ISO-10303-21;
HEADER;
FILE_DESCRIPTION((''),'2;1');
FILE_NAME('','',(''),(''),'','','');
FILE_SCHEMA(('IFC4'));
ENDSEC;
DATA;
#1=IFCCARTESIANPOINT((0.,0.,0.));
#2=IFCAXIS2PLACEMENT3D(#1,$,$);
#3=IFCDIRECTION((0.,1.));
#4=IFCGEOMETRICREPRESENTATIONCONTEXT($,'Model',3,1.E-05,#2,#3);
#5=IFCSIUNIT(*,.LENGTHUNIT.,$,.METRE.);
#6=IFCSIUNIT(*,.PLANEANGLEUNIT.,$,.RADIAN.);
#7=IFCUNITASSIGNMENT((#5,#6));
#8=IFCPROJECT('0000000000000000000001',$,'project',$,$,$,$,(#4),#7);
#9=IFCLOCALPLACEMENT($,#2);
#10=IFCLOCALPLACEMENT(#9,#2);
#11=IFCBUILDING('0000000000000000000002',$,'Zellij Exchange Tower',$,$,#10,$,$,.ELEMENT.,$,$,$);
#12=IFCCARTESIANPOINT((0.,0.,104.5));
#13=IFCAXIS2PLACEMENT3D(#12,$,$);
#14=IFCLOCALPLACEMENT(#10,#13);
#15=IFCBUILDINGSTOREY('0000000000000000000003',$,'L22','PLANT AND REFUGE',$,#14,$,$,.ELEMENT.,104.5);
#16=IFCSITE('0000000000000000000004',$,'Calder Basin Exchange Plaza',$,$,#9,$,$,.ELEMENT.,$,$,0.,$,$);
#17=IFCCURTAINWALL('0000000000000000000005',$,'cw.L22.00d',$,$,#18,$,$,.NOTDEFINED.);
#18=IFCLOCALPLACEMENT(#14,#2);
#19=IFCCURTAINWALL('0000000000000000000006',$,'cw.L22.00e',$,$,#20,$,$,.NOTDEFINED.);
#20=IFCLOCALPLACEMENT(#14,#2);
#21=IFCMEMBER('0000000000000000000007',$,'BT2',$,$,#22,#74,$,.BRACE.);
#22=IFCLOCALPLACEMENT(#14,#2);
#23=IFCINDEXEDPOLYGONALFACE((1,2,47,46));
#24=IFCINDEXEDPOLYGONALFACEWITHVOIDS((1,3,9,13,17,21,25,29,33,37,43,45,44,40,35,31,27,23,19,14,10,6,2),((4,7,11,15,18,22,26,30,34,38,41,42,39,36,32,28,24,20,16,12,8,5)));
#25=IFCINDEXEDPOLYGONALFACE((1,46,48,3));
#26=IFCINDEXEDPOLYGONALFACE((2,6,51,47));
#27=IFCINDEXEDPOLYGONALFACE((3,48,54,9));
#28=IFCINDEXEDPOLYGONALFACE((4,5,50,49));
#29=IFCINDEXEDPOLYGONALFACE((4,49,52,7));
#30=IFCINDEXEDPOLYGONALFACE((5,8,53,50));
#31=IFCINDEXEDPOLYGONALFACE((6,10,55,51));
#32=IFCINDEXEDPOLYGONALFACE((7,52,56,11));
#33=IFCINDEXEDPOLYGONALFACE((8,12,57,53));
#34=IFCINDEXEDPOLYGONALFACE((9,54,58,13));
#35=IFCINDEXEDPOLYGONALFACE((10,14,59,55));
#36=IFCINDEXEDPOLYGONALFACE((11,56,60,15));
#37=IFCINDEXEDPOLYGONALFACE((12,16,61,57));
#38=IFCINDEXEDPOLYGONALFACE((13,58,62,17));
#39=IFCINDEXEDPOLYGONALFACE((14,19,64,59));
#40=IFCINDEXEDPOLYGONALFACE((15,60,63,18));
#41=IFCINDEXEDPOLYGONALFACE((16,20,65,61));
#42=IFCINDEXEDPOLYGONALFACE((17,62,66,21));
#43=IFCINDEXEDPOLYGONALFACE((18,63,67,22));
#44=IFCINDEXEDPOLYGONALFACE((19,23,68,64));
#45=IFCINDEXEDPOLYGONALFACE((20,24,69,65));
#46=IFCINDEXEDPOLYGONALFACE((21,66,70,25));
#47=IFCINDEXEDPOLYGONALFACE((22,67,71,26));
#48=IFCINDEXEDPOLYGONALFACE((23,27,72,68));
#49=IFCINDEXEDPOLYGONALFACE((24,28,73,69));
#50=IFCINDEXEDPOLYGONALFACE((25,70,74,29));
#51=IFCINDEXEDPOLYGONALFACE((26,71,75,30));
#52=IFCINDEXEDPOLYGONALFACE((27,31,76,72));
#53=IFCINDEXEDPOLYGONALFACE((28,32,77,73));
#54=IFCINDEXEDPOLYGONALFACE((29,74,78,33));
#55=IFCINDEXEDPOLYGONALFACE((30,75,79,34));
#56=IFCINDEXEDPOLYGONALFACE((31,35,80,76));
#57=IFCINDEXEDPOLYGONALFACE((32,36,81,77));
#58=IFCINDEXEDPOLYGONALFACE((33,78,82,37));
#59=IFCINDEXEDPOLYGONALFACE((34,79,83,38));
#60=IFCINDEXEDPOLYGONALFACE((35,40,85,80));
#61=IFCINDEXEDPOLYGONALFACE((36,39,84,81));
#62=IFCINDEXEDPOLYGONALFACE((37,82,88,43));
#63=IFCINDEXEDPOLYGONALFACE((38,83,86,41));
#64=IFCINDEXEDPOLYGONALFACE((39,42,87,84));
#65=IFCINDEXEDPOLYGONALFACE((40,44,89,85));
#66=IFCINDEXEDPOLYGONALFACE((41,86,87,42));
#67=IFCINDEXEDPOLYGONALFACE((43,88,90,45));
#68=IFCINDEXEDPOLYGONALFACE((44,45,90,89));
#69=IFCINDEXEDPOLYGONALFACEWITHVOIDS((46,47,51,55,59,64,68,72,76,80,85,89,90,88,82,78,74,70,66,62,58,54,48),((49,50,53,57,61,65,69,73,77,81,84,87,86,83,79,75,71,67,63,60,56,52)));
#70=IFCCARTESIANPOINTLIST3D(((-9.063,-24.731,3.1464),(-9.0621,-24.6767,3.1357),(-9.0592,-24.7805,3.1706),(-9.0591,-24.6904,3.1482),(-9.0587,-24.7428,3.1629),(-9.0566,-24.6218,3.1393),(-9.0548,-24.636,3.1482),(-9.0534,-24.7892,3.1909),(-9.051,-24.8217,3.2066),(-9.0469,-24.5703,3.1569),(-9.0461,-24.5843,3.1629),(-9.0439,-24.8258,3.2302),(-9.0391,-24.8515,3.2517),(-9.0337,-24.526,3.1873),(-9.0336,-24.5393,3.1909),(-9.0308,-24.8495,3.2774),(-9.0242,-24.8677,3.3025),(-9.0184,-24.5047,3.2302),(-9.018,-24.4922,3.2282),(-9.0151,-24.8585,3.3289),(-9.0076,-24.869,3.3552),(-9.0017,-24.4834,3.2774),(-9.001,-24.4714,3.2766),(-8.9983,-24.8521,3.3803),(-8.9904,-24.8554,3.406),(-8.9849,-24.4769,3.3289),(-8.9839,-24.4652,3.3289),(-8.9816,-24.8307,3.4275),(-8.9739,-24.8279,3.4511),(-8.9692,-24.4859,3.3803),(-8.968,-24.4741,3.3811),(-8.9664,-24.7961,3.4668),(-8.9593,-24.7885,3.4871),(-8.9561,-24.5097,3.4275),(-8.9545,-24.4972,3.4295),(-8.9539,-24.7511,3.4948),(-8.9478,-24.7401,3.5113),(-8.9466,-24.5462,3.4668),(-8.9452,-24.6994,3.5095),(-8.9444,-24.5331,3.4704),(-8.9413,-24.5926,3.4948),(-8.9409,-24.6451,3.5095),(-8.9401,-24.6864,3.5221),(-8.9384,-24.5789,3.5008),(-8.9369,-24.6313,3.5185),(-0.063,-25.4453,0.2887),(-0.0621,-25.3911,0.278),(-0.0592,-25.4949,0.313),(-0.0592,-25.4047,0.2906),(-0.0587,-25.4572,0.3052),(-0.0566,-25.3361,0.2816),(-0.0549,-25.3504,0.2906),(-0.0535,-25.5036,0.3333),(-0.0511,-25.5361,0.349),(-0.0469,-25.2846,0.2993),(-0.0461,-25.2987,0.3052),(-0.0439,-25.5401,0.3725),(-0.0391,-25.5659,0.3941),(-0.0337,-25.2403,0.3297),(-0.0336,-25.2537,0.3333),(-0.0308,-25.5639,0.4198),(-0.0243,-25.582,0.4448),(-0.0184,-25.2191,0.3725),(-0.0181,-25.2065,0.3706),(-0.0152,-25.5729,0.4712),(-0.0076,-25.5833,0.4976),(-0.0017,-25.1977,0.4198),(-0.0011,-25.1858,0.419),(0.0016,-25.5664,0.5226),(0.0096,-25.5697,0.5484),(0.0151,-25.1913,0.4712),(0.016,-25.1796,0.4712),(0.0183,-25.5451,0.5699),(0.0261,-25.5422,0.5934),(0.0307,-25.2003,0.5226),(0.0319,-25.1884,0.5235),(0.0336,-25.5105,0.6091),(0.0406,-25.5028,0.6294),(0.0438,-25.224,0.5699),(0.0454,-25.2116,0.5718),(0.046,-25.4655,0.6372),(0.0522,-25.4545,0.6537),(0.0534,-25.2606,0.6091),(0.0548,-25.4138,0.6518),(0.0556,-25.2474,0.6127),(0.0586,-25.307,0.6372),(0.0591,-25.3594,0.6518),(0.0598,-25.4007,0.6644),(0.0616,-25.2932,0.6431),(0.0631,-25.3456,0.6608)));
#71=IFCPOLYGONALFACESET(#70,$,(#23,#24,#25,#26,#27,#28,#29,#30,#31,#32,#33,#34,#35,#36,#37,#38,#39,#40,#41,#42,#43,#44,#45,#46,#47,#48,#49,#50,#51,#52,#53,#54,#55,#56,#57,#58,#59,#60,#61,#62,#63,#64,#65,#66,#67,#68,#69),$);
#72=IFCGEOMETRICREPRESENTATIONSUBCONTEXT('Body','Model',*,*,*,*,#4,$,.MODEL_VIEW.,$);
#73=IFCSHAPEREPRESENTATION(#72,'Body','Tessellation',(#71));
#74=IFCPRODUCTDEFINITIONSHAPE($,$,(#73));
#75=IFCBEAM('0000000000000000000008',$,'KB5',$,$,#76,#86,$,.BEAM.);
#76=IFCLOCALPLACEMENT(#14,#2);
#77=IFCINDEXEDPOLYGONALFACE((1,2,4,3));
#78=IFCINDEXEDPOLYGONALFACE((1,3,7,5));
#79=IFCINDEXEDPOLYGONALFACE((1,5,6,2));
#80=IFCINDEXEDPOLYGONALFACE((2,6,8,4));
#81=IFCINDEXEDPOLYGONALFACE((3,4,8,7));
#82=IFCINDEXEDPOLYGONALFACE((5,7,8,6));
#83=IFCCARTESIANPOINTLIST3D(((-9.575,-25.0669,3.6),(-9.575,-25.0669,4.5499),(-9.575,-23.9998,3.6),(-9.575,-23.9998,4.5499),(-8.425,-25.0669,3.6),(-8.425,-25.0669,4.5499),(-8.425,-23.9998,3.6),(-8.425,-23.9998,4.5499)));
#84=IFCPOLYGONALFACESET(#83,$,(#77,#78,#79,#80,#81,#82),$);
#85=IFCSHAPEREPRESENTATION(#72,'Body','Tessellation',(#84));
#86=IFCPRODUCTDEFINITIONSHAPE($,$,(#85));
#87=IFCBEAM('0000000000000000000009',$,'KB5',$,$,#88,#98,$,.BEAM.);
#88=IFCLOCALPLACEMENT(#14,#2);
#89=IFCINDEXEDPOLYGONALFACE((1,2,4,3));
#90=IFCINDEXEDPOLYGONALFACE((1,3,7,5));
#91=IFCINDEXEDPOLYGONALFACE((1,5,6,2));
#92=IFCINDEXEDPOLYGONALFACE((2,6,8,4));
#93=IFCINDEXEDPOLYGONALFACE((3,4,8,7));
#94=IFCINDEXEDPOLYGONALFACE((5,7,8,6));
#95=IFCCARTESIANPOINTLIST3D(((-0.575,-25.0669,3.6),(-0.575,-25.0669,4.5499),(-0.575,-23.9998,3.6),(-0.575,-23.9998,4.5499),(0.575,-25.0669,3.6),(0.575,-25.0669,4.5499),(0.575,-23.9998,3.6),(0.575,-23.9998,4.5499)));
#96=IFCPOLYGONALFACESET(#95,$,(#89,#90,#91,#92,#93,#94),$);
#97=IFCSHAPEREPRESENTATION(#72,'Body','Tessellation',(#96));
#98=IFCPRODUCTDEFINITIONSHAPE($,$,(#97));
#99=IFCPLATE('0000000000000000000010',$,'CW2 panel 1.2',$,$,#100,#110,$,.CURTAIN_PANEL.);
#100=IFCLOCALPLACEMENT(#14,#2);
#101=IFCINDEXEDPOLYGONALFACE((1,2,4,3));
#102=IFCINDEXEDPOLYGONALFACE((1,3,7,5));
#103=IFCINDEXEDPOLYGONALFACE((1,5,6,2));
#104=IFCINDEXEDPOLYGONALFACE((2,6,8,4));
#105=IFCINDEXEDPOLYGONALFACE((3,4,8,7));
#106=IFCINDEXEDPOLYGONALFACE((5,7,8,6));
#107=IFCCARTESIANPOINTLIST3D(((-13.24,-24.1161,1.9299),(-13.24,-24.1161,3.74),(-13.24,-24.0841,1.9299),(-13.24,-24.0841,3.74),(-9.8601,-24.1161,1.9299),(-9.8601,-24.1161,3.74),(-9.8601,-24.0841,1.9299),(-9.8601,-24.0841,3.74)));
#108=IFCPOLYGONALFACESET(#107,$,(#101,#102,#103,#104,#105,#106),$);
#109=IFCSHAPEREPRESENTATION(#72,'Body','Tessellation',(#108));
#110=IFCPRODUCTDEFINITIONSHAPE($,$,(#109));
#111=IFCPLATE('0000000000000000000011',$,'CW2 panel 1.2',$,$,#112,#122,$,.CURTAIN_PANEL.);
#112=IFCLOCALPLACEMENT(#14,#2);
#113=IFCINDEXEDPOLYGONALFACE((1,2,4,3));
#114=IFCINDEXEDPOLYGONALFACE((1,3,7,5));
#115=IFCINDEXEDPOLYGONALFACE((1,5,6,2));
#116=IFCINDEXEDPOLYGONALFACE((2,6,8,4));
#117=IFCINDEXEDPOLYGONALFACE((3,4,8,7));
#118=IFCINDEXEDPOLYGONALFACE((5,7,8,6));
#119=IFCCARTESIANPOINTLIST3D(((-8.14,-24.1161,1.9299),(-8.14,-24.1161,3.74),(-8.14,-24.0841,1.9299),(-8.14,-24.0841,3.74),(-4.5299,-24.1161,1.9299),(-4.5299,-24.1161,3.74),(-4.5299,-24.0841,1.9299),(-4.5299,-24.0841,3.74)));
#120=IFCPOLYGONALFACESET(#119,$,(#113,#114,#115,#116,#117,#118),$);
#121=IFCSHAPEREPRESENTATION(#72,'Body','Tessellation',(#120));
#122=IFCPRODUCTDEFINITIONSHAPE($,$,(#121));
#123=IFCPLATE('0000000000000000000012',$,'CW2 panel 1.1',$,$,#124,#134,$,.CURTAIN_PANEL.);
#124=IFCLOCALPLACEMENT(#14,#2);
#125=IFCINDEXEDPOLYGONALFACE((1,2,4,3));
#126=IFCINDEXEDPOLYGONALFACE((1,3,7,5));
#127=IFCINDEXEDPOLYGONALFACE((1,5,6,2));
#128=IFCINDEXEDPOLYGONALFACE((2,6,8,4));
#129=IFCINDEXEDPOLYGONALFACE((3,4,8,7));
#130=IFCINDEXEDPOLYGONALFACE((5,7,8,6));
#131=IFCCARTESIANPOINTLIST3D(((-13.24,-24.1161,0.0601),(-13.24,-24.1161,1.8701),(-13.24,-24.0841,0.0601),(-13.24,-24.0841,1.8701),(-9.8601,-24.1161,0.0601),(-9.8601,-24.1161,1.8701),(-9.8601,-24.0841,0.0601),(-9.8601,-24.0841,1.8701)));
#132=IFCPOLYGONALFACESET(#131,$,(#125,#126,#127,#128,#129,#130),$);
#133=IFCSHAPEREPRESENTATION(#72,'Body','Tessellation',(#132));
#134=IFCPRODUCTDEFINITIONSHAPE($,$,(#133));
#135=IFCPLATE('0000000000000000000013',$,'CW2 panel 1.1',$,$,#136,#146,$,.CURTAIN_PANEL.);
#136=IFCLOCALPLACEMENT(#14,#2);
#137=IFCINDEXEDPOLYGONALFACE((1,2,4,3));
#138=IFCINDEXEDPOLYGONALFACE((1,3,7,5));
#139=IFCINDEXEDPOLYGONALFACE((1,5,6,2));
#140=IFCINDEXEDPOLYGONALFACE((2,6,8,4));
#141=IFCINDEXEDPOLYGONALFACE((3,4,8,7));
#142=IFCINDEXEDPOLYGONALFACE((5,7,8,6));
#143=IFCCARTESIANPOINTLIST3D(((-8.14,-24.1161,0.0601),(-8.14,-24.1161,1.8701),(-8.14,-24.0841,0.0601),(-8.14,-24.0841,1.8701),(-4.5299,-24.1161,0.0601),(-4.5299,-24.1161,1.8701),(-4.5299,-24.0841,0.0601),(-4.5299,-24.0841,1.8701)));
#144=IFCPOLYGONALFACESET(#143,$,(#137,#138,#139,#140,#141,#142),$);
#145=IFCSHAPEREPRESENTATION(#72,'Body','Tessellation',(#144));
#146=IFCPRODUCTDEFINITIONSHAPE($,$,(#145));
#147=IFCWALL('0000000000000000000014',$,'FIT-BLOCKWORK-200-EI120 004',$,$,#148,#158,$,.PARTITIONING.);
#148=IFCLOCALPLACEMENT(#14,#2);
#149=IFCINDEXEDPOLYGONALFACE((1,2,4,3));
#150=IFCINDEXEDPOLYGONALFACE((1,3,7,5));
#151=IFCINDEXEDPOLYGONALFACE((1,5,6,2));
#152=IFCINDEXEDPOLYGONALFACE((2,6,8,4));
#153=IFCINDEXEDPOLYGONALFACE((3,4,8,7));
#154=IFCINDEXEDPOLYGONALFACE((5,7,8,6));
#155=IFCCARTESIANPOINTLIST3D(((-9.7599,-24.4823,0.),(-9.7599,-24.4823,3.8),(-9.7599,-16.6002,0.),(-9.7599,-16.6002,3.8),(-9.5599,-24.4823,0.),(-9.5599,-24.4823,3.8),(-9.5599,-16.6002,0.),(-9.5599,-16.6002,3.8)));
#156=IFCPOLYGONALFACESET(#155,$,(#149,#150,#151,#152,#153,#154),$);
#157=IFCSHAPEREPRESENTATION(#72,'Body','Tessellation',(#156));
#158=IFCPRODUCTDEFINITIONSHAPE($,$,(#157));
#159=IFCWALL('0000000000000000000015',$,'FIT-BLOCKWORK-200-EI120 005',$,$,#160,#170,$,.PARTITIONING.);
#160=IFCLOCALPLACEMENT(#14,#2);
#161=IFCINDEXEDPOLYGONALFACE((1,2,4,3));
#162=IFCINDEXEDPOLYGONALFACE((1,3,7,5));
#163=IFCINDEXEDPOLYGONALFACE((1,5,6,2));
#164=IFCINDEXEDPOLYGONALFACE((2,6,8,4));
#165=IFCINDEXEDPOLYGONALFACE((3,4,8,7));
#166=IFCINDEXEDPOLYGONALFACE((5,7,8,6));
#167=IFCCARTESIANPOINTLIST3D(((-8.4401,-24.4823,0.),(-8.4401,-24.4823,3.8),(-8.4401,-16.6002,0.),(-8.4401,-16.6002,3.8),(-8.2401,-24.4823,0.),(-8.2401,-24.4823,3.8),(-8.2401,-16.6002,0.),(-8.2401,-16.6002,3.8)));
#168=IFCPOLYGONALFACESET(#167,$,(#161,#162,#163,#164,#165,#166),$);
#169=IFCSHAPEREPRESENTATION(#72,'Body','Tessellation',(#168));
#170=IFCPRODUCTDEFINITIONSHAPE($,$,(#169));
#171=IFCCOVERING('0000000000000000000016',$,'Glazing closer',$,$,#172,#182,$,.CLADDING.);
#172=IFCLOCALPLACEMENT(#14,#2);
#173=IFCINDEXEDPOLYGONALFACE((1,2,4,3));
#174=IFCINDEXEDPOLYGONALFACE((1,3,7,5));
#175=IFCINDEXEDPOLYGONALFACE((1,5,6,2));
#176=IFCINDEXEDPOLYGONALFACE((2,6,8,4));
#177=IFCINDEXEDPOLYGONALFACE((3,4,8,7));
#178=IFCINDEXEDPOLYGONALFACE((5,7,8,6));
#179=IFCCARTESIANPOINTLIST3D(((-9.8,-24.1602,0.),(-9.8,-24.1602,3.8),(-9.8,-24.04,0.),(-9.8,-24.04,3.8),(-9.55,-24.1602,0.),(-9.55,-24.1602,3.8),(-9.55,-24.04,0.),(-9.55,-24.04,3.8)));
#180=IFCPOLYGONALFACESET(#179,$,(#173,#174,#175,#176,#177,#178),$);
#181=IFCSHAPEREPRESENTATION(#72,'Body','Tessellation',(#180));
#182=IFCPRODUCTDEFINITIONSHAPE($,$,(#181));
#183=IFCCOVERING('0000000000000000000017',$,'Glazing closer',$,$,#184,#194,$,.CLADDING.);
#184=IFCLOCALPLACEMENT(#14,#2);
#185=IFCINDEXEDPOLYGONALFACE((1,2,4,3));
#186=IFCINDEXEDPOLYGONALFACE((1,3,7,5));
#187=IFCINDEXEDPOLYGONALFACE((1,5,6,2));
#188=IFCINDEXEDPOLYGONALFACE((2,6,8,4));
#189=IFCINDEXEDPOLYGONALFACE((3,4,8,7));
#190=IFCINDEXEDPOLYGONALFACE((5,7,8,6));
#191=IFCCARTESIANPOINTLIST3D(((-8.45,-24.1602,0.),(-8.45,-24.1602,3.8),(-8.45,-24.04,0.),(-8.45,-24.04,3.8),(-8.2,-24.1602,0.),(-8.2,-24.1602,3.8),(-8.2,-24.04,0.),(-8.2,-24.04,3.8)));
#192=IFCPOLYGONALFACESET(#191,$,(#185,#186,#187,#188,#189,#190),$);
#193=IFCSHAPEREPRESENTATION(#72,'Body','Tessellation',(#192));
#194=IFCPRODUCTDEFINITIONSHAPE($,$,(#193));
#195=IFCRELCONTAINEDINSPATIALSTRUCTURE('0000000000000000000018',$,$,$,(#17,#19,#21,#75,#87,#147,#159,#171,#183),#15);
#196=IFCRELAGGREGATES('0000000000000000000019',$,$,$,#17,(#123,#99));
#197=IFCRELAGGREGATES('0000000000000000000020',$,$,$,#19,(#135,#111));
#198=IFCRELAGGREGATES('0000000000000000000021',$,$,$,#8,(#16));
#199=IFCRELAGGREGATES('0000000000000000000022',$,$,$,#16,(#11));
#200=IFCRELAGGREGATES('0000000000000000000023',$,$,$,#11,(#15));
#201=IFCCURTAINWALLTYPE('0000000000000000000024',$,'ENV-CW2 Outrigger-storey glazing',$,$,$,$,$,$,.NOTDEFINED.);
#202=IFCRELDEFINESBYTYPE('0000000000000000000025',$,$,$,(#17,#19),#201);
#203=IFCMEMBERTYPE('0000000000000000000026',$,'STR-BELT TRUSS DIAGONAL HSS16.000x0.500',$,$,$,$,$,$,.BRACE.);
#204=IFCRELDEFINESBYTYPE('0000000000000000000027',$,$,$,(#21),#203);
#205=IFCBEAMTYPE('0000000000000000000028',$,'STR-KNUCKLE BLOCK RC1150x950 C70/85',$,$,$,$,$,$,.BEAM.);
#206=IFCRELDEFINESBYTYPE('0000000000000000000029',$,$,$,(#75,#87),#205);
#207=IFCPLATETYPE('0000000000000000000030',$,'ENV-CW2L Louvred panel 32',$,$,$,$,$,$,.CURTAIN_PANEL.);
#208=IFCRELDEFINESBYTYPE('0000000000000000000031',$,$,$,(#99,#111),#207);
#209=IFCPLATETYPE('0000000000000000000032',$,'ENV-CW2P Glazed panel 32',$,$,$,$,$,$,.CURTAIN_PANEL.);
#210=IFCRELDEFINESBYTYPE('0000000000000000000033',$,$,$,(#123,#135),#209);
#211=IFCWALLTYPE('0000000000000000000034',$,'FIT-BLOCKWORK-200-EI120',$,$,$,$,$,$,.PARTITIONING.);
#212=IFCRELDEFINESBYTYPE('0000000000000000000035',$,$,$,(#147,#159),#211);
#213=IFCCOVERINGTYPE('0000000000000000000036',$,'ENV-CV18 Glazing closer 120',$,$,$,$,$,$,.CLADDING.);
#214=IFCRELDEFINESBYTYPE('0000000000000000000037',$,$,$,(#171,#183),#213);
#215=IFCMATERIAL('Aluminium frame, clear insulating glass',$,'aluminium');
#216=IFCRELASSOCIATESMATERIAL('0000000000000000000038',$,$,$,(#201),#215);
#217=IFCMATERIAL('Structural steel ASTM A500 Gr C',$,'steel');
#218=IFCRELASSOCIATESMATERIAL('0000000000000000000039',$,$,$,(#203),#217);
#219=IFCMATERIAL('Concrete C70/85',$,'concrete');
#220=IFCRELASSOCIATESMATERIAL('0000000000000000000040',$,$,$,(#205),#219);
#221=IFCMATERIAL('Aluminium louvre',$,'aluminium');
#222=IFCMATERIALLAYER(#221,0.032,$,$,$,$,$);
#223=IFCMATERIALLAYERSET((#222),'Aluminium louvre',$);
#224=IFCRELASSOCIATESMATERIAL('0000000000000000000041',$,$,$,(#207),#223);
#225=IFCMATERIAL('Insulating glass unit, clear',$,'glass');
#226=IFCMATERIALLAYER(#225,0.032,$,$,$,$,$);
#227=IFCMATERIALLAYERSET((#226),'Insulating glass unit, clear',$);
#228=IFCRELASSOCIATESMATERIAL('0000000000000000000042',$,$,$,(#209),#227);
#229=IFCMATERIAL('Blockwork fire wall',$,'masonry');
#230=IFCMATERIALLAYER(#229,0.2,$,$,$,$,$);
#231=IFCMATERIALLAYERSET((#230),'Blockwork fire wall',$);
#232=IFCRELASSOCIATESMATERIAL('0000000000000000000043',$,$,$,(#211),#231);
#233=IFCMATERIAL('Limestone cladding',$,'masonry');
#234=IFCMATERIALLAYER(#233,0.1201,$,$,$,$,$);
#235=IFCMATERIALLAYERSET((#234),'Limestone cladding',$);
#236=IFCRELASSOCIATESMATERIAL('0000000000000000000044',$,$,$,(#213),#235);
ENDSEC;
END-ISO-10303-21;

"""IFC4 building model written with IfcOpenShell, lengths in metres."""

from ifc_helpers import new_model, si_unit, direction, frame, frame_2d, origin, origin_2d, place, context, subcontext, project, spatial, rectangle, hollow_circle, extrude, material, layer, layer_set, material_profile, profile_set, type_object, element, aggregate, save


model = new_model("IFC4")

# Units and contexts
model_context = context("Model", 3, precision=1e-05, world=origin(), true_north=direction((0.0, 1.0)))
body_context = subcontext(model_context, "Body", "Model", "MODEL_VIEW")
ifc_project = project(units=[si_unit("LENGTHUNIT", "METRE"), si_unit("PLANEANGLEUNIT", "RADIAN")], contexts=[model_context])

# Site, building, storey
site_placement = place(None, origin())
site = spatial("IfcSite", under=ifc_project, at=site_placement, Name="Calder Basin Exchange Plaza", CompositionType="ELEMENT", RefElevation=0.0)
building_placement = place(site_placement, origin())
building = spatial("IfcBuilding", under=site, at=building_placement, Name="Zellij Exchange Tower", CompositionType="ELEMENT")
storey_placement = place(building_placement, frame((0.0, 0.0, 104.5)))
storey = spatial("IfcBuildingStorey", under=building, at=storey_placement, Name="L22", Description="PLANT AND REFUGE", CompositionType="ELEMENT", Elevation=104.5)

# Shared definitions
ifc_material_1 = material(Name="Concrete C70/85", Category="concrete")

# Curtain wall
ifc_material_2 = material(Name="Aluminium frame, clear insulating glass", Category="aluminium")
curtain_wall_type = type_object("IfcCurtainWallType", Name="ENV-CW2 Outrigger-storey glazing", PredefinedType="NOTDEFINED", material=ifc_material_2)
curtain_wall_1_placement = place(storey_placement, origin())
curtain_wall_1 = element("IfcCurtainWall", 1, at=curtain_wall_1_placement, inside=storey, type_object=curtain_wall_type, Name="cw.L22.00d", PredefinedType="NOTDEFINED")

# Curtain wall
curtain_wall_2_placement = place(storey_placement, origin())
curtain_wall_2 = element("IfcCurtainWall", 2, at=curtain_wall_2_placement, inside=storey, type_object=curtain_wall_type, Name="cw.L22.00e", PredefinedType="NOTDEFINED")

# Member
ifc_material_3 = material(Name="Structural steel ASTM A500 Gr C", Category="steel")
ifc_material_profile_1 = material_profile(ifc_material_3, hollow_circle(Radius=0.2031, WallThickness=0.0117, at=origin_2d()), Name="STR-BELT TRUSS DIAGONAL HSS16.000x0.500")
ifc_profile_set_1 = profile_set([ifc_material_profile_1], Name="Structural steel ASTM A500 Gr C")
member_type_1 = type_object("IfcMemberType", Name="STR-BELT TRUSS DIAGONAL HSS16.000x0.500", PredefinedType="BRACE", material=ifc_profile_set_1)
member_1_placement = place(storey_placement, frame((-9.0, -24.6677, 3.3289), z_axis=(0.950393, -0.075435, -0.301767), x_axis=(0.079124, 0.996865, 0.0)))
element("IfcMember", 3, at=member_1_placement, inside=storey, type_object=member_type_1, Name="BT2", PredefinedType="BRACE", context=body_context, shape_type="SweptSolid", body=[
    extrude(hollow_circle(Radius=0.2031, WallThickness=0.0117, at=origin_2d()), origin(), (0.0, 0.0, 1.0), 9.4697),
])

# Beams
ifc_material_profile_2 = material_profile(ifc_material_1, rectangle(XDim=1.1499, YDim=0.95, at=origin_2d()), Name="STR-KNUCKLE BLOCK RC1150x950 C70/85")
ifc_profile_set_2 = profile_set([ifc_material_profile_2], Name="Concrete C70/85")
beam_type = type_object("IfcBeamType", Name="STR-KNUCKLE BLOCK RC1150x950 C70/85", PredefinedType="BEAM", material=ifc_profile_set_2)
for number, where, z_axis, x_axis, name in (
    (4, (-9.0, -25.0669, 4.075), (0.0, 1.0, 0.0), (-1.0, 0.0, 0.0), "KB5"),
    (5, (0.0, -25.0669, 4.075), (0.0, 1.0, 0.0), (-1.0, 0.0, 0.0), "KB5"),
):
    element("IfcBeam", number, at=place(storey_placement, frame(where, z_axis=z_axis, x_axis=x_axis)), inside=storey, type_object=beam_type, Name=name, PredefinedType="BEAM", context=body_context, shape_type="SweptSolid", body=[
        extrude(rectangle(XDim=1.1499, YDim=0.95, at=origin_2d()), origin(), (0.0, 0.0, 1.0), 1.0671),
    ])

# Plates
ifc_material_4 = material(Name="Aluminium louvre", Category="aluminium")
ifc_layer_1 = layer(ifc_material_4, 0.032)
ifc_layer_set_1 = layer_set([ifc_layer_1], Name="Aluminium louvre")
plate_type_1 = type_object("IfcPlateType", Name="ENV-CW2L Louvred panel 32", PredefinedType="CURTAIN_PANEL", material=ifc_layer_set_1)
plate_1_placement = place(storey_placement, frame((-11.55, -24.1001, 1.9299), z_axis=(0.0, 0.0, 1.0), x_axis=(1.0, 0.0, 0.0)))
plate_1 = element("IfcPlate", 6, at=plate_1_placement, type_object=plate_type_1, Name="CW2 panel 1.2", PredefinedType="CURTAIN_PANEL", context=body_context, shape_type="SweptSolid", body=[
    extrude(rectangle(XDim=3.3799, YDim=0.032, at=origin_2d()), origin(), (0.0, 0.0, 1.0), 1.8101),
])
plate_2_placement = place(storey_placement, frame((-6.335, -24.1001, 1.9299), z_axis=(0.0, 0.0, 1.0), x_axis=(1.0, 0.0, 0.0)))
plate_2 = element("IfcPlate", 7, at=plate_2_placement, type_object=plate_type_1, Name="CW2 panel 1.2", PredefinedType="CURTAIN_PANEL", context=body_context, shape_type="SweptSolid", body=[
    extrude(rectangle(XDim=3.6101, YDim=0.032, at=origin_2d()), origin(), (0.0, 0.0, 1.0), 1.8101),
])
ifc_material_5 = material(Name="Insulating glass unit, clear", Category="glass")
ifc_layer_2 = layer(ifc_material_5, 0.032)
ifc_layer_set_2 = layer_set([ifc_layer_2], Name="Insulating glass unit, clear")
plate_type_2 = type_object("IfcPlateType", Name="ENV-CW2P Glazed panel 32", PredefinedType="CURTAIN_PANEL", material=ifc_layer_set_2)
plate_3_placement = place(storey_placement, frame((-11.55, -24.1001, 0.0601), z_axis=(0.0, 0.0, 1.0), x_axis=(1.0, 0.0, 0.0)))
plate_3 = element("IfcPlate", 8, at=plate_3_placement, type_object=plate_type_2, Name="CW2 panel 1.1", PredefinedType="CURTAIN_PANEL", context=body_context, shape_type="SweptSolid", body=[
    extrude(rectangle(XDim=3.3799, YDim=0.032, at=origin_2d()), origin(), (0.0, 0.0, 1.0), 1.8101),
])
aggregate(curtain_wall_1, [plate_3, plate_1])
plate_4_placement = place(storey_placement, frame((-6.335, -24.1001, 0.0601), z_axis=(0.0, 0.0, 1.0), x_axis=(1.0, 0.0, 0.0)))
plate_4 = element("IfcPlate", 9, at=plate_4_placement, type_object=plate_type_2, Name="CW2 panel 1.1", PredefinedType="CURTAIN_PANEL", context=body_context, shape_type="SweptSolid", body=[
    extrude(rectangle(XDim=3.6101, YDim=0.032, at=origin_2d()), origin(), (0.0, 0.0, 1.0), 1.8101),
])
aggregate(curtain_wall_2, [plate_4, plate_2])

# Walls
ifc_material_6 = material(Name="Blockwork fire wall", Category="masonry")
ifc_layer_3 = layer(ifc_material_6, 0.2)
ifc_layer_set_3 = layer_set([ifc_layer_3], Name="Blockwork fire wall")
wall_type = type_object("IfcWallType", Name="FIT-BLOCKWORK-200-EI120", PredefinedType="PARTITIONING", material=ifc_layer_set_3)
for number, where, z_axis, x_axis, name in (
    (10, (-9.6599, -24.4822, 0.0), (0.0, 0.0, 1.0), (0.0, 1.0, 0.0), "FIT-BLOCKWORK-200-EI120 004"),
    (11, (-8.3401, -24.4822, 0.0), (0.0, 0.0, 1.0), (0.0, 1.0, 0.0), "FIT-BLOCKWORK-200-EI120 005"),
):
    element("IfcWall", number, at=place(storey_placement, frame(where, z_axis=z_axis, x_axis=x_axis)), inside=storey, type_object=wall_type, Name=name, PredefinedType="PARTITIONING", context=body_context, shape_type="SweptSolid", body=[
        extrude(rectangle(XDim=7.8821, YDim=0.2, at=frame_2d((3.9409, 0.0))), origin(), (0.0, 0.0, 1.0), 3.8),
    ])

# Coverings
ifc_material_7 = material(Name="Limestone cladding", Category="masonry")
ifc_layer_4 = layer(ifc_material_7, 0.1201)
ifc_layer_set_4 = layer_set([ifc_layer_4], Name="Limestone cladding")
covering_type_1 = type_object("IfcCoveringType", Name="ENV-CV18 Glazing closer 120", PredefinedType="CLADDING", material=ifc_layer_set_4)
for number, where, z_axis, x_axis, name in (
    (12, (-9.675, -24.1001, 0.0), (0.0, 0.0, 1.0), (1.0, 0.0, 0.0), "Glazing closer"),
    (13, (-8.325, -24.1001, 0.0), (0.0, 0.0, 1.0), (-1.0, 0.0, 0.0), "Glazing closer"),
):
    element("IfcCovering", number, at=place(storey_placement, frame(where, z_axis=z_axis, x_axis=x_axis)), inside=storey, type_object=covering_type_1, Name=name, PredefinedType="CLADDING", context=body_context, shape_type="SweptSolid", body=[
        extrude(rectangle(XDim=0.25, YDim=0.1201, at=origin_2d()), origin(), (0.0, 0.0, 1.0), 3.8),
    ])

save(model, "model.ifc")
